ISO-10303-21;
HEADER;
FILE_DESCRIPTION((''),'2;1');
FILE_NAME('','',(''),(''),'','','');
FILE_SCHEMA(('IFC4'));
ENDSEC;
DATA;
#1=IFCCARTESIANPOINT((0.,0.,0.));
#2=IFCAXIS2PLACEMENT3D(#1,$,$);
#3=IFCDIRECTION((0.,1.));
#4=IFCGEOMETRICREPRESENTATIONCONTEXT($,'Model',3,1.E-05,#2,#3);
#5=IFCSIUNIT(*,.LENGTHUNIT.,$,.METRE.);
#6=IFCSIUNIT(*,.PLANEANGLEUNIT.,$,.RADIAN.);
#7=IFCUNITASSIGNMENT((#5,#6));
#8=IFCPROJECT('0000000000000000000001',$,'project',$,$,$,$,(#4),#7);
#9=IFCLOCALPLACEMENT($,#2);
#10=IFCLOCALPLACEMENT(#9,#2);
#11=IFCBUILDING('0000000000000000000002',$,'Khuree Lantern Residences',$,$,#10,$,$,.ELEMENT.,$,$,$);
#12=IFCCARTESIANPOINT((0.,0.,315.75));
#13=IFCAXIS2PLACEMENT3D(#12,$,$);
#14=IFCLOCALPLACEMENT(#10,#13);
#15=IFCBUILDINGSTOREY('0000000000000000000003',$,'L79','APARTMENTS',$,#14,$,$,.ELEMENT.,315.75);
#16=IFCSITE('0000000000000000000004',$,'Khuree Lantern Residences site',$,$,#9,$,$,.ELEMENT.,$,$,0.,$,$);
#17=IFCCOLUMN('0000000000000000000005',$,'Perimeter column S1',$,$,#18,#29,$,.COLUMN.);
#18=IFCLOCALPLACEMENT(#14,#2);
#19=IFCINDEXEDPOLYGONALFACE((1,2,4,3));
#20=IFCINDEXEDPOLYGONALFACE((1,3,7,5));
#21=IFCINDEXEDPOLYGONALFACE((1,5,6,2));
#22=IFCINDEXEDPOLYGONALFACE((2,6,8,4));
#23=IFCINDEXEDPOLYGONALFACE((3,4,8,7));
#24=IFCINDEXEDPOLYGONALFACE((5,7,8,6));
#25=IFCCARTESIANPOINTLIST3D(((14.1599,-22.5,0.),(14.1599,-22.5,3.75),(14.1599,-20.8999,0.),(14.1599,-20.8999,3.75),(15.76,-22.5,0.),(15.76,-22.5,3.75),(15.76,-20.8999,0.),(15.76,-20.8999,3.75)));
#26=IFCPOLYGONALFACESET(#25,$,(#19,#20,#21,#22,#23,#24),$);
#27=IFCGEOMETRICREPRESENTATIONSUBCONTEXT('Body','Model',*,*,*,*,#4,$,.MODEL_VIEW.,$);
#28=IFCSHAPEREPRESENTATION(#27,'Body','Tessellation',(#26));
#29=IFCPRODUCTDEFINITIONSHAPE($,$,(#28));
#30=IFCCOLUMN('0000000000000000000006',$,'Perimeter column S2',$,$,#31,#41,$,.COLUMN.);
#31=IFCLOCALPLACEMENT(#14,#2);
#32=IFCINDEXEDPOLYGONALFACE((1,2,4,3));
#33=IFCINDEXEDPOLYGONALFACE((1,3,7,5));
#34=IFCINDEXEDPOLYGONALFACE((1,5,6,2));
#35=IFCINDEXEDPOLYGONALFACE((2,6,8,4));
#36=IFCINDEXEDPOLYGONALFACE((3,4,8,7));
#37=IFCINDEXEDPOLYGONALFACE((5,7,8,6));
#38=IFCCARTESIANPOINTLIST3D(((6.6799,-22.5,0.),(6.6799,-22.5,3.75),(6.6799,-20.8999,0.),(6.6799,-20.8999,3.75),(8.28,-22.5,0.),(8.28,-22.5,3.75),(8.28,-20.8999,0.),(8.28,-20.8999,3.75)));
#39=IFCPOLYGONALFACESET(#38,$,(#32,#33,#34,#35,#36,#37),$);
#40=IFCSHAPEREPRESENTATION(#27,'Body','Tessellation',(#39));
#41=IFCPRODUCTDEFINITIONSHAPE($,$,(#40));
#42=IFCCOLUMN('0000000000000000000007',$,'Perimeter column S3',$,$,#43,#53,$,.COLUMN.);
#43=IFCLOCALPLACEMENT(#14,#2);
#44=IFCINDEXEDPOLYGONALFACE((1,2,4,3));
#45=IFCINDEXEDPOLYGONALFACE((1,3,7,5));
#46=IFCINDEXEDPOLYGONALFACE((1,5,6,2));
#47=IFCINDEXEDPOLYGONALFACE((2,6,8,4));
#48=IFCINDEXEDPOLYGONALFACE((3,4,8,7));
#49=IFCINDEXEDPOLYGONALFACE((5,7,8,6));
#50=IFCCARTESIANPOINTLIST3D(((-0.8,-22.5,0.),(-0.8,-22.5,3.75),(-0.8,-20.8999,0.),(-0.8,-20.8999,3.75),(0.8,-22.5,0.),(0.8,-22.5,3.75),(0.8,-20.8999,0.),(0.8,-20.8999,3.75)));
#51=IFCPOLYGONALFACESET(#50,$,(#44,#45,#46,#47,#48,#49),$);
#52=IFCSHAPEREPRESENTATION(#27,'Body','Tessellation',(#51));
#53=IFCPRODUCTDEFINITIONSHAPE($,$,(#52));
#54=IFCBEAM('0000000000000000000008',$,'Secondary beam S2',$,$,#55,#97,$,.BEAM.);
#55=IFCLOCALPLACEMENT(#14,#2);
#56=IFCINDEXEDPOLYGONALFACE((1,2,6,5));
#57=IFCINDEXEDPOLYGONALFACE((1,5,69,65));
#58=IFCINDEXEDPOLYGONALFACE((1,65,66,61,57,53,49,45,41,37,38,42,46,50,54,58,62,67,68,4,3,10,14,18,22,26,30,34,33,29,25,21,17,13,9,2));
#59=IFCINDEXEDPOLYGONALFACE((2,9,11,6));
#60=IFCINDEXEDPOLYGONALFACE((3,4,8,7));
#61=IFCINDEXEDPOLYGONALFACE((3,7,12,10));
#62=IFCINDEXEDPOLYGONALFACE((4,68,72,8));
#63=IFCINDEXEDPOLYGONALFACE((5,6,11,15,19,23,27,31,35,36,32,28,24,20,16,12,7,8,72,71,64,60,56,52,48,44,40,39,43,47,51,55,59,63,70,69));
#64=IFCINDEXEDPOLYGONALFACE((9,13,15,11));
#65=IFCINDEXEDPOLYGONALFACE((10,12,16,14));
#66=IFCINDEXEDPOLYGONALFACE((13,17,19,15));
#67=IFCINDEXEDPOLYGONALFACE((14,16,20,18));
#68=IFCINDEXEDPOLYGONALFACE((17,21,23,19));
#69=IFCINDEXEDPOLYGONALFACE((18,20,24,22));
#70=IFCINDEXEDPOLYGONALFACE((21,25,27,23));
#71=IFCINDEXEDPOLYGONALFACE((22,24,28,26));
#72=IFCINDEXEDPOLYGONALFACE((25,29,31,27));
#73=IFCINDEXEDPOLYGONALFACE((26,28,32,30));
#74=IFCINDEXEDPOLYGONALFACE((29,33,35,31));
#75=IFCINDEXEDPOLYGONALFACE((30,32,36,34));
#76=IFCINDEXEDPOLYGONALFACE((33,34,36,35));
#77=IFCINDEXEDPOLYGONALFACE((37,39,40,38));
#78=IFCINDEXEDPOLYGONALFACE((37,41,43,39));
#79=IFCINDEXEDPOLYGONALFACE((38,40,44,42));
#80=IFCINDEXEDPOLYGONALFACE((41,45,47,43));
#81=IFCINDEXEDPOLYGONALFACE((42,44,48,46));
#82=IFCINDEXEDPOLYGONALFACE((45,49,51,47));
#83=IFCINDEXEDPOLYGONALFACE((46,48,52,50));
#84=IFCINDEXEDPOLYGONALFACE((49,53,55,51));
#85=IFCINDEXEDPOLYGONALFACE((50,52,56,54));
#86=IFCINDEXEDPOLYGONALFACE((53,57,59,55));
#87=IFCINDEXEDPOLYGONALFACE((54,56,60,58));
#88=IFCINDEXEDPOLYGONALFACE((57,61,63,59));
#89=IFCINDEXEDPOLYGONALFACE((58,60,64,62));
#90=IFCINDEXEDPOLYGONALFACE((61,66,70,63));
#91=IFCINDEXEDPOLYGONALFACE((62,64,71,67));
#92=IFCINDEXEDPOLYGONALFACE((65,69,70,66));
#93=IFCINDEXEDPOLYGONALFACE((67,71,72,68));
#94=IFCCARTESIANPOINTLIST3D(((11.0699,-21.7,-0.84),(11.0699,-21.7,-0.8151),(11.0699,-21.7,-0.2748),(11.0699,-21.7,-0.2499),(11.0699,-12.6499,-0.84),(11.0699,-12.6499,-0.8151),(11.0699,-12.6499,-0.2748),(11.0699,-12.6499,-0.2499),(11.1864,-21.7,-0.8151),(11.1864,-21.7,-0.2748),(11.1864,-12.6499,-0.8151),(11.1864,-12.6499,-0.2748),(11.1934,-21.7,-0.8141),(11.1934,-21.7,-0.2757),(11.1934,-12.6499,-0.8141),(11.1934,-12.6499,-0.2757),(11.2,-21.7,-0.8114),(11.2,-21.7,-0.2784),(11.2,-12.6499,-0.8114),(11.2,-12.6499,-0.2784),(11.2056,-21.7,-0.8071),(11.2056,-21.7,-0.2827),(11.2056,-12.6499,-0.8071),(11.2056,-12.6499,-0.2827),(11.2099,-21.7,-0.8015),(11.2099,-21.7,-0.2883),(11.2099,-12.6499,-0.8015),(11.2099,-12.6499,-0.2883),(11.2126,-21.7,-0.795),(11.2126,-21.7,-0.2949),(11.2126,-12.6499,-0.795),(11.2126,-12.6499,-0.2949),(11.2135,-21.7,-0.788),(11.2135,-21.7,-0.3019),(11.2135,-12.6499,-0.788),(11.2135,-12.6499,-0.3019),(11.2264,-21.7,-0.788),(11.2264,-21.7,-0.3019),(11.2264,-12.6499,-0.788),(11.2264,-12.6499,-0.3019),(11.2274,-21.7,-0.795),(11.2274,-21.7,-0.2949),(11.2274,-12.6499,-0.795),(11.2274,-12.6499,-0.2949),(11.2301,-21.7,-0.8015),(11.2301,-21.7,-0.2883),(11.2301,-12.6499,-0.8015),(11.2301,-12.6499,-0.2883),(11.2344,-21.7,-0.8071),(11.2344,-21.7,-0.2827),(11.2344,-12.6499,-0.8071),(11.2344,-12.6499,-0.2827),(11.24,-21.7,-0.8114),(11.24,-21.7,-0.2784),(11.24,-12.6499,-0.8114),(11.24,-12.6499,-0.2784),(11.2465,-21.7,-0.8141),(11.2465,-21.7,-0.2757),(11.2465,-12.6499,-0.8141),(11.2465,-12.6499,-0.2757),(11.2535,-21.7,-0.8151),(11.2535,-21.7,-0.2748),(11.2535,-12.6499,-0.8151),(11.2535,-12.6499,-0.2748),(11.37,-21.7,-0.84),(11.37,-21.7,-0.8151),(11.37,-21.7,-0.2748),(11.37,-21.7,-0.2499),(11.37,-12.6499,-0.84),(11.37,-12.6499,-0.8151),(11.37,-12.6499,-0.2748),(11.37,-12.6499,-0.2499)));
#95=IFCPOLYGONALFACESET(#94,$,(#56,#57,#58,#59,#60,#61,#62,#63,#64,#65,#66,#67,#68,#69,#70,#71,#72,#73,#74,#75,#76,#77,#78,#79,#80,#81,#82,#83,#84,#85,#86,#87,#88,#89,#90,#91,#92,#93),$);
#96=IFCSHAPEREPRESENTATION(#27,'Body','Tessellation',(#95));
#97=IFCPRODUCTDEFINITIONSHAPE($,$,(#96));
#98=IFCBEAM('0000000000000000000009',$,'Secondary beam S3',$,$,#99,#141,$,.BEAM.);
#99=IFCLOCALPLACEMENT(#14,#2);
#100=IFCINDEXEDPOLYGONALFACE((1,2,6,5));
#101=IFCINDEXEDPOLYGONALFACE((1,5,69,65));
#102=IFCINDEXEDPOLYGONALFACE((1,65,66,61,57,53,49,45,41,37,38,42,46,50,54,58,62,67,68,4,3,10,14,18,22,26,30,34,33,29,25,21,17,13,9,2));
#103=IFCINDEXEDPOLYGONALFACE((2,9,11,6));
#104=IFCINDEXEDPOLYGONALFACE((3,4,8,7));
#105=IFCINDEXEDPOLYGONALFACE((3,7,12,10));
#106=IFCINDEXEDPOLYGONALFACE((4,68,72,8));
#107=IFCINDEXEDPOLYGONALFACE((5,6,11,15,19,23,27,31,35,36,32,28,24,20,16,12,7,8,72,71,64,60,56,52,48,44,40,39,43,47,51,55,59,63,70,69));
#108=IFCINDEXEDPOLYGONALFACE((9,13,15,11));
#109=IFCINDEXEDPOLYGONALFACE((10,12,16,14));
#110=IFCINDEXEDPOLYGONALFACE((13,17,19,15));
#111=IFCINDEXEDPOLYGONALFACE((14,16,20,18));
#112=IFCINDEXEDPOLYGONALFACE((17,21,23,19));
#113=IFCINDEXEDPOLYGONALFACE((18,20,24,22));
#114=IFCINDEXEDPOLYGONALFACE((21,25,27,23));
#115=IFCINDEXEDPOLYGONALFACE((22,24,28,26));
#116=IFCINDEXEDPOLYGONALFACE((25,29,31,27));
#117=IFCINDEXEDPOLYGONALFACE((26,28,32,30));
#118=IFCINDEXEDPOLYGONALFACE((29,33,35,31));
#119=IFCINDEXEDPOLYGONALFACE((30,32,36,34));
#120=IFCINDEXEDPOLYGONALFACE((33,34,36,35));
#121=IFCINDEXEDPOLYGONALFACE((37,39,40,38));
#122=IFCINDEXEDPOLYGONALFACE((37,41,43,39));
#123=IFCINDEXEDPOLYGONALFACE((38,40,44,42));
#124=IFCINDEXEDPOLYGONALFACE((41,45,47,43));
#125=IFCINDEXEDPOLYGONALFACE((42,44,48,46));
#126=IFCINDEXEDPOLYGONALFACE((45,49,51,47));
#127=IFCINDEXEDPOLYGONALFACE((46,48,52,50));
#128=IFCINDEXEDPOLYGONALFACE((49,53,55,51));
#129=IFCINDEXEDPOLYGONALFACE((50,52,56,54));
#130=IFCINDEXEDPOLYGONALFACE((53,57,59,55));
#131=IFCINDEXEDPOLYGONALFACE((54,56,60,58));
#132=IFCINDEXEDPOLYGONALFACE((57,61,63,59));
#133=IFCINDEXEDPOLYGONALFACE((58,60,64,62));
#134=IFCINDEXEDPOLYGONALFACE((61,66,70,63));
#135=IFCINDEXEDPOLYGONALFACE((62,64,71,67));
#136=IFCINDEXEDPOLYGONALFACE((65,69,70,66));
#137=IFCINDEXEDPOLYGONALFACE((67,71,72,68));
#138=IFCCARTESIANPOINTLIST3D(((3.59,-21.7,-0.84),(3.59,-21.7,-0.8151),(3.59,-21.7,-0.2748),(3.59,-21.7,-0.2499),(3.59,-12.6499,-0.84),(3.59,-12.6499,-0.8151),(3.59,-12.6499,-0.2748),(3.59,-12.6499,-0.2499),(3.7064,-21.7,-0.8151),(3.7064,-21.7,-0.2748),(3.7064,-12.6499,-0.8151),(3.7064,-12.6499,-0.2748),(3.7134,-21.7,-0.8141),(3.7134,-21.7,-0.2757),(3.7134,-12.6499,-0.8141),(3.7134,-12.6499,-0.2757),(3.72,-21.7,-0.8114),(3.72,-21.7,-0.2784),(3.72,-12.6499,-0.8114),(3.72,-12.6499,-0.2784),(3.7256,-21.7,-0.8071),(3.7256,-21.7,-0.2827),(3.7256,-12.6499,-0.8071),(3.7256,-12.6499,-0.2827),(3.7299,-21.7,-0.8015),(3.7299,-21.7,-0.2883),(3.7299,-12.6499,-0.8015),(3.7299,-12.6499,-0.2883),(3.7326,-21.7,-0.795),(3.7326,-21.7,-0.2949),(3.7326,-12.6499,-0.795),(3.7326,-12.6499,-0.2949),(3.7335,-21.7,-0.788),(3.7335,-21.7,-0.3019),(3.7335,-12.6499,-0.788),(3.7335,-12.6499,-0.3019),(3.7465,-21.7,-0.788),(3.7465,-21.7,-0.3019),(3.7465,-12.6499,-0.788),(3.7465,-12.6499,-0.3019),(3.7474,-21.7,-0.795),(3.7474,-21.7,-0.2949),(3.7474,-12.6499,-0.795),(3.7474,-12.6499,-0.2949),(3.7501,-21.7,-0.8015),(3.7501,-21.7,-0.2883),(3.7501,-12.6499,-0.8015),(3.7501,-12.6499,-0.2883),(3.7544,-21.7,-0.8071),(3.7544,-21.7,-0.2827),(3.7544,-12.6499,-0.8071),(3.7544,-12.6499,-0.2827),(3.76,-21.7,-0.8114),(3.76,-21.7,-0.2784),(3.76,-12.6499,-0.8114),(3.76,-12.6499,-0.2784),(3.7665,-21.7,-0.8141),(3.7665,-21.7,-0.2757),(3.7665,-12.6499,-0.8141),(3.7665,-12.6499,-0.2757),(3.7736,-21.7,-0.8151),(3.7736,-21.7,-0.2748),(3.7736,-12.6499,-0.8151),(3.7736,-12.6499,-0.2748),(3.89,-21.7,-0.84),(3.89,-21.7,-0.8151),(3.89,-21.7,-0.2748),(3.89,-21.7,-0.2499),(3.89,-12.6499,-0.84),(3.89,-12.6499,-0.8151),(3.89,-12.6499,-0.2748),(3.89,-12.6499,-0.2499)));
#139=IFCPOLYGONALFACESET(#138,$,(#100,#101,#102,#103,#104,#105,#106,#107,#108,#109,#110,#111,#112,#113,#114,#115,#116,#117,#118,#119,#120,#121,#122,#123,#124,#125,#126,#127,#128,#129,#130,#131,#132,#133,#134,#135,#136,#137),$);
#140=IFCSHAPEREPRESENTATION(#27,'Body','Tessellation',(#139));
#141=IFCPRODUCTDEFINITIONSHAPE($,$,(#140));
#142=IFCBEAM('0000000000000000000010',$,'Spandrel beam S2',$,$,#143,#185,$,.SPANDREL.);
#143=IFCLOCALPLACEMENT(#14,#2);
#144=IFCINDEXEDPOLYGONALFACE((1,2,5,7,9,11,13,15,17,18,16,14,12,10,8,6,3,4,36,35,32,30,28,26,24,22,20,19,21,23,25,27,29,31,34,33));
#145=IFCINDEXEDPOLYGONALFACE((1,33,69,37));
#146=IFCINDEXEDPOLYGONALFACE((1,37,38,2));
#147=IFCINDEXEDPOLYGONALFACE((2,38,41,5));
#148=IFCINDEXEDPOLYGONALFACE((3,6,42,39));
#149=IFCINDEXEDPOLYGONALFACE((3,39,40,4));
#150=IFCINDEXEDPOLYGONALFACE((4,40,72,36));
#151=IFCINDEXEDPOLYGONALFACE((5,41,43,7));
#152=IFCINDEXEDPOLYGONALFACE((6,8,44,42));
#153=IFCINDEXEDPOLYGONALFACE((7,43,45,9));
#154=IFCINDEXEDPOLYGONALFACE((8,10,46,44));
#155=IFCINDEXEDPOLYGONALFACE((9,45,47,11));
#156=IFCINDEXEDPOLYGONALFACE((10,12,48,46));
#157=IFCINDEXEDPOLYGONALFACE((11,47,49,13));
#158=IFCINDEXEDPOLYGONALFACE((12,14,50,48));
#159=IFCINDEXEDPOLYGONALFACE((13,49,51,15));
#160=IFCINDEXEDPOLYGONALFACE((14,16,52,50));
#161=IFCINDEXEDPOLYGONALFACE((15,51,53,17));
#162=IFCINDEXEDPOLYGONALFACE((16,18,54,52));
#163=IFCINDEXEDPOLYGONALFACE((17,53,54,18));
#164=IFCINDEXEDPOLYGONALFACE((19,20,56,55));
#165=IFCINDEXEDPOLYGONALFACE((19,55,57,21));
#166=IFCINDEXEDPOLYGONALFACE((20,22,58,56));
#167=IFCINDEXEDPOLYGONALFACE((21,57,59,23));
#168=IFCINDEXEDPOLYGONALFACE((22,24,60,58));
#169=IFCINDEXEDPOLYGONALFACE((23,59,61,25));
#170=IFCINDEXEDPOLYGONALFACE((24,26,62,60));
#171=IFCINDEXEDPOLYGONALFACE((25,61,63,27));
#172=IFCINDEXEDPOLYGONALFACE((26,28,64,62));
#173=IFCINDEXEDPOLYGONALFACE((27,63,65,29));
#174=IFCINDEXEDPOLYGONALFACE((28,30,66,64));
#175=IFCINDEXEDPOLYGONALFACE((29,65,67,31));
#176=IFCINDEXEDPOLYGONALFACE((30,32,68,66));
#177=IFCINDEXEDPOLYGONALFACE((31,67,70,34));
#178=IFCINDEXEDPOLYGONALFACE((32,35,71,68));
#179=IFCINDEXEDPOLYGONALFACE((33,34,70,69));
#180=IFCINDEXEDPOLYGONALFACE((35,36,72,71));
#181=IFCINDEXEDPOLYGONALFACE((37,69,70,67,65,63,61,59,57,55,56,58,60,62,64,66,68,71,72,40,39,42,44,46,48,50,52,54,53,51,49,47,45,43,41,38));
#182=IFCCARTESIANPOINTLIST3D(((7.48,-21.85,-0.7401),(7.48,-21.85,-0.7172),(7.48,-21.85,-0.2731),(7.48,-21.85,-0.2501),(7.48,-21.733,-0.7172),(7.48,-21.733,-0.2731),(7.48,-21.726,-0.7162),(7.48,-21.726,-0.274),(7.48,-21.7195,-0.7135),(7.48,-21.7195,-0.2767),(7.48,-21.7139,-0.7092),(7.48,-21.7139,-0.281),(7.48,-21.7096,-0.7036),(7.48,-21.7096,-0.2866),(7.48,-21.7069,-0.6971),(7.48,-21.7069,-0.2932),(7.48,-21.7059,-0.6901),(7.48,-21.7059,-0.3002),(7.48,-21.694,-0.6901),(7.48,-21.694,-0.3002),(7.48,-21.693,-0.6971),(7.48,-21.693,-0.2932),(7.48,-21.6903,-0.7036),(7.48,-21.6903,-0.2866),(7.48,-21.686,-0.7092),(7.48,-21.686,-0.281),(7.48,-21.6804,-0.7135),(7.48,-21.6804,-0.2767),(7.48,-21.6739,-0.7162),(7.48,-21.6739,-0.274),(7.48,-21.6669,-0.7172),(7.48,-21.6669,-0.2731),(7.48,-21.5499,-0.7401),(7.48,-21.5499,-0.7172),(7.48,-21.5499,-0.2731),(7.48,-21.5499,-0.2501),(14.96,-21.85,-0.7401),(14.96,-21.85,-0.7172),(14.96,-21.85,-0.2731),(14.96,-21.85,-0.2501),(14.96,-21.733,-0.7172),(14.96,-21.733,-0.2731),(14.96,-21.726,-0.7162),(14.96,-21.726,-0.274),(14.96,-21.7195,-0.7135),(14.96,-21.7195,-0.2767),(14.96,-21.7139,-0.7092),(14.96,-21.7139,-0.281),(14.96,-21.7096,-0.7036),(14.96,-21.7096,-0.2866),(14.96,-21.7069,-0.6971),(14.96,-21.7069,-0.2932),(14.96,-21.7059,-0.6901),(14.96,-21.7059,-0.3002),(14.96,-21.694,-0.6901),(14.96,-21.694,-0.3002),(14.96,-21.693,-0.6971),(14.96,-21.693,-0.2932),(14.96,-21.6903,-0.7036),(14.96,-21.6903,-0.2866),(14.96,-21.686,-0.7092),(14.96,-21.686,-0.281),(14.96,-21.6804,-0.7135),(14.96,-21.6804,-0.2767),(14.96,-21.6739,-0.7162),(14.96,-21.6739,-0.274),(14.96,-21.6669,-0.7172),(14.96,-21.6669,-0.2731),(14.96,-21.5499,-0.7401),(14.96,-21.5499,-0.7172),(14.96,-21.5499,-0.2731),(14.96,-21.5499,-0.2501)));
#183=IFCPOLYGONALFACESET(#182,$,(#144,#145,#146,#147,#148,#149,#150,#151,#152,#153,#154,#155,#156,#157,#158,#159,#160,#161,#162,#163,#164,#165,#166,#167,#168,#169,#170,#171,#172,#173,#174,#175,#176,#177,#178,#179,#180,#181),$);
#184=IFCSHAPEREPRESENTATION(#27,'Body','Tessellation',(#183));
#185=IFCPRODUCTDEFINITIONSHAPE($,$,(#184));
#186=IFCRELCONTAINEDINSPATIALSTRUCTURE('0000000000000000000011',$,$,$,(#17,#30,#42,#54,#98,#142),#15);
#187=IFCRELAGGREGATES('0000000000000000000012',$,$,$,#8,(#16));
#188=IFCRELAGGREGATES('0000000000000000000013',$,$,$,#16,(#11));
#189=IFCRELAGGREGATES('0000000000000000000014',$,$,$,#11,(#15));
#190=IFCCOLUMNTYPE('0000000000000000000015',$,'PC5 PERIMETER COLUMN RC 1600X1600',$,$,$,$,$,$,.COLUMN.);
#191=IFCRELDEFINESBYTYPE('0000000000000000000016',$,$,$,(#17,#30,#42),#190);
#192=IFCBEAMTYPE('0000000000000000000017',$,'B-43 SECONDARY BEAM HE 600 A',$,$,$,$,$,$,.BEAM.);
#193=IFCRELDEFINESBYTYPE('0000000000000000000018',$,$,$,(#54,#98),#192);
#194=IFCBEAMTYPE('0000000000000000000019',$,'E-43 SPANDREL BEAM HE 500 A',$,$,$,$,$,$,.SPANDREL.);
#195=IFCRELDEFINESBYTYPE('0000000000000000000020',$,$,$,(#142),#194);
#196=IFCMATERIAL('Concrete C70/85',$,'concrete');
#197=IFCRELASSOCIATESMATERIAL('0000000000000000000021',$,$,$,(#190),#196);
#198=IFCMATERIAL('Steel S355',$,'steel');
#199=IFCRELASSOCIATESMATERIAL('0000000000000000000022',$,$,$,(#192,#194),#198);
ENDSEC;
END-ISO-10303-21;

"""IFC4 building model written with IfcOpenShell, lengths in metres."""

from ifc_helpers import new_model, si_unit, direction, frame, origin, origin_2d, place, context, subcontext, project, spatial, rectangle, i_section, extrude, material, material_profile, profile_set, type_object, element, save


model = new_model("IFC4")

# Units and contexts
model_context = context("Model", 3, precision=1e-05, world=origin(), true_north=direction((0.0, 1.0)))
body_context = subcontext(model_context, "Body", "Model", "MODEL_VIEW")
ifc_project = project(units=[si_unit("LENGTHUNIT", "METRE"), si_unit("PLANEANGLEUNIT", "RADIAN")], contexts=[model_context])

# Site, building, storey
site_placement = place(None, origin())
site = spatial("IfcSite", under=ifc_project, at=site_placement, Name="Khuree Lantern Residences site", CompositionType="ELEMENT", RefElevation=0.0)
building_placement = place(site_placement, origin())
building = spatial("IfcBuilding", under=site, at=building_placement, Name="Khuree Lantern Residences", CompositionType="ELEMENT")
storey_placement = place(building_placement, frame((0.0, 0.0, 315.75)))
storey = spatial("IfcBuildingStorey", under=building, at=storey_placement, Name="L79", Description="APARTMENTS", CompositionType="ELEMENT", Elevation=315.75)

# Columns
ifc_material_1 = material(Name="Concrete C70/85", Category="concrete")
ifc_material_profile_1 = material_profile(ifc_material_1, rectangle(XDim=1.6001, YDim=1.6001, at=origin_2d()), Name="RC 1600X1600")
ifc_profile_set_1 = profile_set([ifc_material_profile_1], Name="Concrete C70/85")
column_type = type_object("IfcColumnType", Name="PC5 PERIMETER COLUMN RC 1600X1600", PredefinedType="COLUMN", material=ifc_profile_set_1)
for number, where, z_axis, x_axis, name in (
    (1, (14.96, -21.7, 0.0), (0.0, 0.0, 1.0), (1.0, 0.0, 0.0), "Perimeter column S1"),
    (2, (7.48, -21.7, 0.0), (0.0, 0.0, 1.0), (1.0, 0.0, 0.0), "Perimeter column S2"),
    (3, (0.0, -21.7, 0.0), (0.0, 0.0, 1.0), (1.0, 0.0, 0.0), "Perimeter column S3"),
):
    element("IfcColumn", number, at=place(storey_placement, frame(where, z_axis=z_axis, x_axis=x_axis)), inside=storey, type_object=column_type, Name=name, PredefinedType="COLUMN", context=body_context, shape_type="SweptSolid", body=[
        extrude(rectangle(XDim=1.6001, YDim=1.6001, at=origin_2d()), origin(), (0.0, 0.0, 1.0), 3.75),
    ])

# Beams
ifc_material_2 = material(Name="Steel S355", Category="steel")
ifc_material_profile_2 = material_profile(ifc_material_2, i_section(OverallWidth=0.3, OverallDepth=0.5901, WebThickness=0.0129, FlangeThickness=0.0249, FilletRadius=0.0271, at=origin_2d()), Name="HE 600 A")
ifc_profile_set_2 = profile_set([ifc_material_profile_2], Name="Steel S355")
beam_type_1 = type_object("IfcBeamType", Name="B-43 SECONDARY BEAM HE 600 A", PredefinedType="BEAM", material=ifc_profile_set_2)
for number, where, z_axis, x_axis, name in (
    (4, (11.22, -21.7, -0.5449), (0.0, 1.0, 0.0), (-1.0, 0.0, 0.0), "Secondary beam S2"),
    (5, (3.74, -21.7, -0.5449), (0.0, 1.0, 0.0), (-1.0, 0.0, 0.0), "Secondary beam S3"),
):
    element("IfcBeam", number, at=place(storey_placement, frame(where, z_axis=z_axis, x_axis=x_axis)), inside=storey, type_object=beam_type_1, Name=name, PredefinedType="BEAM", context=body_context, shape_type="SweptSolid", body=[
        extrude(i_section(OverallWidth=0.3, OverallDepth=0.5901, WebThickness=0.0129, FlangeThickness=0.0249, FilletRadius=0.0271, at=origin_2d()), origin(), (0.0, 0.0, 1.0), 9.05),
    ])
ifc_material_profile_3 = material_profile(ifc_material_2, i_section(OverallWidth=0.3, OverallDepth=0.49, WebThickness=0.012, FlangeThickness=0.0229, FilletRadius=0.0271, at=origin_2d()), Name="HE 500 A")
ifc_profile_set_3 = profile_set([ifc_material_profile_3], Name="Steel S355")
beam_type_2 = type_object("IfcBeamType", Name="E-43 SPANDREL BEAM HE 500 A", PredefinedType="SPANDREL", material=ifc_profile_set_3)
for number, where, z_axis, x_axis, name in (
    (6, (14.96, -21.7, -0.4951), (-1.0, 0.0, 0.0), (0.0, -1.0, 0.0), "Spandrel beam S2"),
):
    element("IfcBeam", number, at=place(storey_placement, frame(where, z_axis=z_axis, x_axis=x_axis)), inside=storey, type_object=beam_type_2, Name=name, PredefinedType="SPANDREL", context=body_context, shape_type="SweptSolid", body=[
        extrude(i_section(OverallWidth=0.3, OverallDepth=0.49, WebThickness=0.012, FlangeThickness=0.0229, FilletRadius=0.0271, at=origin_2d()), origin(), (0.0, 0.0, 1.0), 7.48),
    ])

save(model, "model.ifc")
